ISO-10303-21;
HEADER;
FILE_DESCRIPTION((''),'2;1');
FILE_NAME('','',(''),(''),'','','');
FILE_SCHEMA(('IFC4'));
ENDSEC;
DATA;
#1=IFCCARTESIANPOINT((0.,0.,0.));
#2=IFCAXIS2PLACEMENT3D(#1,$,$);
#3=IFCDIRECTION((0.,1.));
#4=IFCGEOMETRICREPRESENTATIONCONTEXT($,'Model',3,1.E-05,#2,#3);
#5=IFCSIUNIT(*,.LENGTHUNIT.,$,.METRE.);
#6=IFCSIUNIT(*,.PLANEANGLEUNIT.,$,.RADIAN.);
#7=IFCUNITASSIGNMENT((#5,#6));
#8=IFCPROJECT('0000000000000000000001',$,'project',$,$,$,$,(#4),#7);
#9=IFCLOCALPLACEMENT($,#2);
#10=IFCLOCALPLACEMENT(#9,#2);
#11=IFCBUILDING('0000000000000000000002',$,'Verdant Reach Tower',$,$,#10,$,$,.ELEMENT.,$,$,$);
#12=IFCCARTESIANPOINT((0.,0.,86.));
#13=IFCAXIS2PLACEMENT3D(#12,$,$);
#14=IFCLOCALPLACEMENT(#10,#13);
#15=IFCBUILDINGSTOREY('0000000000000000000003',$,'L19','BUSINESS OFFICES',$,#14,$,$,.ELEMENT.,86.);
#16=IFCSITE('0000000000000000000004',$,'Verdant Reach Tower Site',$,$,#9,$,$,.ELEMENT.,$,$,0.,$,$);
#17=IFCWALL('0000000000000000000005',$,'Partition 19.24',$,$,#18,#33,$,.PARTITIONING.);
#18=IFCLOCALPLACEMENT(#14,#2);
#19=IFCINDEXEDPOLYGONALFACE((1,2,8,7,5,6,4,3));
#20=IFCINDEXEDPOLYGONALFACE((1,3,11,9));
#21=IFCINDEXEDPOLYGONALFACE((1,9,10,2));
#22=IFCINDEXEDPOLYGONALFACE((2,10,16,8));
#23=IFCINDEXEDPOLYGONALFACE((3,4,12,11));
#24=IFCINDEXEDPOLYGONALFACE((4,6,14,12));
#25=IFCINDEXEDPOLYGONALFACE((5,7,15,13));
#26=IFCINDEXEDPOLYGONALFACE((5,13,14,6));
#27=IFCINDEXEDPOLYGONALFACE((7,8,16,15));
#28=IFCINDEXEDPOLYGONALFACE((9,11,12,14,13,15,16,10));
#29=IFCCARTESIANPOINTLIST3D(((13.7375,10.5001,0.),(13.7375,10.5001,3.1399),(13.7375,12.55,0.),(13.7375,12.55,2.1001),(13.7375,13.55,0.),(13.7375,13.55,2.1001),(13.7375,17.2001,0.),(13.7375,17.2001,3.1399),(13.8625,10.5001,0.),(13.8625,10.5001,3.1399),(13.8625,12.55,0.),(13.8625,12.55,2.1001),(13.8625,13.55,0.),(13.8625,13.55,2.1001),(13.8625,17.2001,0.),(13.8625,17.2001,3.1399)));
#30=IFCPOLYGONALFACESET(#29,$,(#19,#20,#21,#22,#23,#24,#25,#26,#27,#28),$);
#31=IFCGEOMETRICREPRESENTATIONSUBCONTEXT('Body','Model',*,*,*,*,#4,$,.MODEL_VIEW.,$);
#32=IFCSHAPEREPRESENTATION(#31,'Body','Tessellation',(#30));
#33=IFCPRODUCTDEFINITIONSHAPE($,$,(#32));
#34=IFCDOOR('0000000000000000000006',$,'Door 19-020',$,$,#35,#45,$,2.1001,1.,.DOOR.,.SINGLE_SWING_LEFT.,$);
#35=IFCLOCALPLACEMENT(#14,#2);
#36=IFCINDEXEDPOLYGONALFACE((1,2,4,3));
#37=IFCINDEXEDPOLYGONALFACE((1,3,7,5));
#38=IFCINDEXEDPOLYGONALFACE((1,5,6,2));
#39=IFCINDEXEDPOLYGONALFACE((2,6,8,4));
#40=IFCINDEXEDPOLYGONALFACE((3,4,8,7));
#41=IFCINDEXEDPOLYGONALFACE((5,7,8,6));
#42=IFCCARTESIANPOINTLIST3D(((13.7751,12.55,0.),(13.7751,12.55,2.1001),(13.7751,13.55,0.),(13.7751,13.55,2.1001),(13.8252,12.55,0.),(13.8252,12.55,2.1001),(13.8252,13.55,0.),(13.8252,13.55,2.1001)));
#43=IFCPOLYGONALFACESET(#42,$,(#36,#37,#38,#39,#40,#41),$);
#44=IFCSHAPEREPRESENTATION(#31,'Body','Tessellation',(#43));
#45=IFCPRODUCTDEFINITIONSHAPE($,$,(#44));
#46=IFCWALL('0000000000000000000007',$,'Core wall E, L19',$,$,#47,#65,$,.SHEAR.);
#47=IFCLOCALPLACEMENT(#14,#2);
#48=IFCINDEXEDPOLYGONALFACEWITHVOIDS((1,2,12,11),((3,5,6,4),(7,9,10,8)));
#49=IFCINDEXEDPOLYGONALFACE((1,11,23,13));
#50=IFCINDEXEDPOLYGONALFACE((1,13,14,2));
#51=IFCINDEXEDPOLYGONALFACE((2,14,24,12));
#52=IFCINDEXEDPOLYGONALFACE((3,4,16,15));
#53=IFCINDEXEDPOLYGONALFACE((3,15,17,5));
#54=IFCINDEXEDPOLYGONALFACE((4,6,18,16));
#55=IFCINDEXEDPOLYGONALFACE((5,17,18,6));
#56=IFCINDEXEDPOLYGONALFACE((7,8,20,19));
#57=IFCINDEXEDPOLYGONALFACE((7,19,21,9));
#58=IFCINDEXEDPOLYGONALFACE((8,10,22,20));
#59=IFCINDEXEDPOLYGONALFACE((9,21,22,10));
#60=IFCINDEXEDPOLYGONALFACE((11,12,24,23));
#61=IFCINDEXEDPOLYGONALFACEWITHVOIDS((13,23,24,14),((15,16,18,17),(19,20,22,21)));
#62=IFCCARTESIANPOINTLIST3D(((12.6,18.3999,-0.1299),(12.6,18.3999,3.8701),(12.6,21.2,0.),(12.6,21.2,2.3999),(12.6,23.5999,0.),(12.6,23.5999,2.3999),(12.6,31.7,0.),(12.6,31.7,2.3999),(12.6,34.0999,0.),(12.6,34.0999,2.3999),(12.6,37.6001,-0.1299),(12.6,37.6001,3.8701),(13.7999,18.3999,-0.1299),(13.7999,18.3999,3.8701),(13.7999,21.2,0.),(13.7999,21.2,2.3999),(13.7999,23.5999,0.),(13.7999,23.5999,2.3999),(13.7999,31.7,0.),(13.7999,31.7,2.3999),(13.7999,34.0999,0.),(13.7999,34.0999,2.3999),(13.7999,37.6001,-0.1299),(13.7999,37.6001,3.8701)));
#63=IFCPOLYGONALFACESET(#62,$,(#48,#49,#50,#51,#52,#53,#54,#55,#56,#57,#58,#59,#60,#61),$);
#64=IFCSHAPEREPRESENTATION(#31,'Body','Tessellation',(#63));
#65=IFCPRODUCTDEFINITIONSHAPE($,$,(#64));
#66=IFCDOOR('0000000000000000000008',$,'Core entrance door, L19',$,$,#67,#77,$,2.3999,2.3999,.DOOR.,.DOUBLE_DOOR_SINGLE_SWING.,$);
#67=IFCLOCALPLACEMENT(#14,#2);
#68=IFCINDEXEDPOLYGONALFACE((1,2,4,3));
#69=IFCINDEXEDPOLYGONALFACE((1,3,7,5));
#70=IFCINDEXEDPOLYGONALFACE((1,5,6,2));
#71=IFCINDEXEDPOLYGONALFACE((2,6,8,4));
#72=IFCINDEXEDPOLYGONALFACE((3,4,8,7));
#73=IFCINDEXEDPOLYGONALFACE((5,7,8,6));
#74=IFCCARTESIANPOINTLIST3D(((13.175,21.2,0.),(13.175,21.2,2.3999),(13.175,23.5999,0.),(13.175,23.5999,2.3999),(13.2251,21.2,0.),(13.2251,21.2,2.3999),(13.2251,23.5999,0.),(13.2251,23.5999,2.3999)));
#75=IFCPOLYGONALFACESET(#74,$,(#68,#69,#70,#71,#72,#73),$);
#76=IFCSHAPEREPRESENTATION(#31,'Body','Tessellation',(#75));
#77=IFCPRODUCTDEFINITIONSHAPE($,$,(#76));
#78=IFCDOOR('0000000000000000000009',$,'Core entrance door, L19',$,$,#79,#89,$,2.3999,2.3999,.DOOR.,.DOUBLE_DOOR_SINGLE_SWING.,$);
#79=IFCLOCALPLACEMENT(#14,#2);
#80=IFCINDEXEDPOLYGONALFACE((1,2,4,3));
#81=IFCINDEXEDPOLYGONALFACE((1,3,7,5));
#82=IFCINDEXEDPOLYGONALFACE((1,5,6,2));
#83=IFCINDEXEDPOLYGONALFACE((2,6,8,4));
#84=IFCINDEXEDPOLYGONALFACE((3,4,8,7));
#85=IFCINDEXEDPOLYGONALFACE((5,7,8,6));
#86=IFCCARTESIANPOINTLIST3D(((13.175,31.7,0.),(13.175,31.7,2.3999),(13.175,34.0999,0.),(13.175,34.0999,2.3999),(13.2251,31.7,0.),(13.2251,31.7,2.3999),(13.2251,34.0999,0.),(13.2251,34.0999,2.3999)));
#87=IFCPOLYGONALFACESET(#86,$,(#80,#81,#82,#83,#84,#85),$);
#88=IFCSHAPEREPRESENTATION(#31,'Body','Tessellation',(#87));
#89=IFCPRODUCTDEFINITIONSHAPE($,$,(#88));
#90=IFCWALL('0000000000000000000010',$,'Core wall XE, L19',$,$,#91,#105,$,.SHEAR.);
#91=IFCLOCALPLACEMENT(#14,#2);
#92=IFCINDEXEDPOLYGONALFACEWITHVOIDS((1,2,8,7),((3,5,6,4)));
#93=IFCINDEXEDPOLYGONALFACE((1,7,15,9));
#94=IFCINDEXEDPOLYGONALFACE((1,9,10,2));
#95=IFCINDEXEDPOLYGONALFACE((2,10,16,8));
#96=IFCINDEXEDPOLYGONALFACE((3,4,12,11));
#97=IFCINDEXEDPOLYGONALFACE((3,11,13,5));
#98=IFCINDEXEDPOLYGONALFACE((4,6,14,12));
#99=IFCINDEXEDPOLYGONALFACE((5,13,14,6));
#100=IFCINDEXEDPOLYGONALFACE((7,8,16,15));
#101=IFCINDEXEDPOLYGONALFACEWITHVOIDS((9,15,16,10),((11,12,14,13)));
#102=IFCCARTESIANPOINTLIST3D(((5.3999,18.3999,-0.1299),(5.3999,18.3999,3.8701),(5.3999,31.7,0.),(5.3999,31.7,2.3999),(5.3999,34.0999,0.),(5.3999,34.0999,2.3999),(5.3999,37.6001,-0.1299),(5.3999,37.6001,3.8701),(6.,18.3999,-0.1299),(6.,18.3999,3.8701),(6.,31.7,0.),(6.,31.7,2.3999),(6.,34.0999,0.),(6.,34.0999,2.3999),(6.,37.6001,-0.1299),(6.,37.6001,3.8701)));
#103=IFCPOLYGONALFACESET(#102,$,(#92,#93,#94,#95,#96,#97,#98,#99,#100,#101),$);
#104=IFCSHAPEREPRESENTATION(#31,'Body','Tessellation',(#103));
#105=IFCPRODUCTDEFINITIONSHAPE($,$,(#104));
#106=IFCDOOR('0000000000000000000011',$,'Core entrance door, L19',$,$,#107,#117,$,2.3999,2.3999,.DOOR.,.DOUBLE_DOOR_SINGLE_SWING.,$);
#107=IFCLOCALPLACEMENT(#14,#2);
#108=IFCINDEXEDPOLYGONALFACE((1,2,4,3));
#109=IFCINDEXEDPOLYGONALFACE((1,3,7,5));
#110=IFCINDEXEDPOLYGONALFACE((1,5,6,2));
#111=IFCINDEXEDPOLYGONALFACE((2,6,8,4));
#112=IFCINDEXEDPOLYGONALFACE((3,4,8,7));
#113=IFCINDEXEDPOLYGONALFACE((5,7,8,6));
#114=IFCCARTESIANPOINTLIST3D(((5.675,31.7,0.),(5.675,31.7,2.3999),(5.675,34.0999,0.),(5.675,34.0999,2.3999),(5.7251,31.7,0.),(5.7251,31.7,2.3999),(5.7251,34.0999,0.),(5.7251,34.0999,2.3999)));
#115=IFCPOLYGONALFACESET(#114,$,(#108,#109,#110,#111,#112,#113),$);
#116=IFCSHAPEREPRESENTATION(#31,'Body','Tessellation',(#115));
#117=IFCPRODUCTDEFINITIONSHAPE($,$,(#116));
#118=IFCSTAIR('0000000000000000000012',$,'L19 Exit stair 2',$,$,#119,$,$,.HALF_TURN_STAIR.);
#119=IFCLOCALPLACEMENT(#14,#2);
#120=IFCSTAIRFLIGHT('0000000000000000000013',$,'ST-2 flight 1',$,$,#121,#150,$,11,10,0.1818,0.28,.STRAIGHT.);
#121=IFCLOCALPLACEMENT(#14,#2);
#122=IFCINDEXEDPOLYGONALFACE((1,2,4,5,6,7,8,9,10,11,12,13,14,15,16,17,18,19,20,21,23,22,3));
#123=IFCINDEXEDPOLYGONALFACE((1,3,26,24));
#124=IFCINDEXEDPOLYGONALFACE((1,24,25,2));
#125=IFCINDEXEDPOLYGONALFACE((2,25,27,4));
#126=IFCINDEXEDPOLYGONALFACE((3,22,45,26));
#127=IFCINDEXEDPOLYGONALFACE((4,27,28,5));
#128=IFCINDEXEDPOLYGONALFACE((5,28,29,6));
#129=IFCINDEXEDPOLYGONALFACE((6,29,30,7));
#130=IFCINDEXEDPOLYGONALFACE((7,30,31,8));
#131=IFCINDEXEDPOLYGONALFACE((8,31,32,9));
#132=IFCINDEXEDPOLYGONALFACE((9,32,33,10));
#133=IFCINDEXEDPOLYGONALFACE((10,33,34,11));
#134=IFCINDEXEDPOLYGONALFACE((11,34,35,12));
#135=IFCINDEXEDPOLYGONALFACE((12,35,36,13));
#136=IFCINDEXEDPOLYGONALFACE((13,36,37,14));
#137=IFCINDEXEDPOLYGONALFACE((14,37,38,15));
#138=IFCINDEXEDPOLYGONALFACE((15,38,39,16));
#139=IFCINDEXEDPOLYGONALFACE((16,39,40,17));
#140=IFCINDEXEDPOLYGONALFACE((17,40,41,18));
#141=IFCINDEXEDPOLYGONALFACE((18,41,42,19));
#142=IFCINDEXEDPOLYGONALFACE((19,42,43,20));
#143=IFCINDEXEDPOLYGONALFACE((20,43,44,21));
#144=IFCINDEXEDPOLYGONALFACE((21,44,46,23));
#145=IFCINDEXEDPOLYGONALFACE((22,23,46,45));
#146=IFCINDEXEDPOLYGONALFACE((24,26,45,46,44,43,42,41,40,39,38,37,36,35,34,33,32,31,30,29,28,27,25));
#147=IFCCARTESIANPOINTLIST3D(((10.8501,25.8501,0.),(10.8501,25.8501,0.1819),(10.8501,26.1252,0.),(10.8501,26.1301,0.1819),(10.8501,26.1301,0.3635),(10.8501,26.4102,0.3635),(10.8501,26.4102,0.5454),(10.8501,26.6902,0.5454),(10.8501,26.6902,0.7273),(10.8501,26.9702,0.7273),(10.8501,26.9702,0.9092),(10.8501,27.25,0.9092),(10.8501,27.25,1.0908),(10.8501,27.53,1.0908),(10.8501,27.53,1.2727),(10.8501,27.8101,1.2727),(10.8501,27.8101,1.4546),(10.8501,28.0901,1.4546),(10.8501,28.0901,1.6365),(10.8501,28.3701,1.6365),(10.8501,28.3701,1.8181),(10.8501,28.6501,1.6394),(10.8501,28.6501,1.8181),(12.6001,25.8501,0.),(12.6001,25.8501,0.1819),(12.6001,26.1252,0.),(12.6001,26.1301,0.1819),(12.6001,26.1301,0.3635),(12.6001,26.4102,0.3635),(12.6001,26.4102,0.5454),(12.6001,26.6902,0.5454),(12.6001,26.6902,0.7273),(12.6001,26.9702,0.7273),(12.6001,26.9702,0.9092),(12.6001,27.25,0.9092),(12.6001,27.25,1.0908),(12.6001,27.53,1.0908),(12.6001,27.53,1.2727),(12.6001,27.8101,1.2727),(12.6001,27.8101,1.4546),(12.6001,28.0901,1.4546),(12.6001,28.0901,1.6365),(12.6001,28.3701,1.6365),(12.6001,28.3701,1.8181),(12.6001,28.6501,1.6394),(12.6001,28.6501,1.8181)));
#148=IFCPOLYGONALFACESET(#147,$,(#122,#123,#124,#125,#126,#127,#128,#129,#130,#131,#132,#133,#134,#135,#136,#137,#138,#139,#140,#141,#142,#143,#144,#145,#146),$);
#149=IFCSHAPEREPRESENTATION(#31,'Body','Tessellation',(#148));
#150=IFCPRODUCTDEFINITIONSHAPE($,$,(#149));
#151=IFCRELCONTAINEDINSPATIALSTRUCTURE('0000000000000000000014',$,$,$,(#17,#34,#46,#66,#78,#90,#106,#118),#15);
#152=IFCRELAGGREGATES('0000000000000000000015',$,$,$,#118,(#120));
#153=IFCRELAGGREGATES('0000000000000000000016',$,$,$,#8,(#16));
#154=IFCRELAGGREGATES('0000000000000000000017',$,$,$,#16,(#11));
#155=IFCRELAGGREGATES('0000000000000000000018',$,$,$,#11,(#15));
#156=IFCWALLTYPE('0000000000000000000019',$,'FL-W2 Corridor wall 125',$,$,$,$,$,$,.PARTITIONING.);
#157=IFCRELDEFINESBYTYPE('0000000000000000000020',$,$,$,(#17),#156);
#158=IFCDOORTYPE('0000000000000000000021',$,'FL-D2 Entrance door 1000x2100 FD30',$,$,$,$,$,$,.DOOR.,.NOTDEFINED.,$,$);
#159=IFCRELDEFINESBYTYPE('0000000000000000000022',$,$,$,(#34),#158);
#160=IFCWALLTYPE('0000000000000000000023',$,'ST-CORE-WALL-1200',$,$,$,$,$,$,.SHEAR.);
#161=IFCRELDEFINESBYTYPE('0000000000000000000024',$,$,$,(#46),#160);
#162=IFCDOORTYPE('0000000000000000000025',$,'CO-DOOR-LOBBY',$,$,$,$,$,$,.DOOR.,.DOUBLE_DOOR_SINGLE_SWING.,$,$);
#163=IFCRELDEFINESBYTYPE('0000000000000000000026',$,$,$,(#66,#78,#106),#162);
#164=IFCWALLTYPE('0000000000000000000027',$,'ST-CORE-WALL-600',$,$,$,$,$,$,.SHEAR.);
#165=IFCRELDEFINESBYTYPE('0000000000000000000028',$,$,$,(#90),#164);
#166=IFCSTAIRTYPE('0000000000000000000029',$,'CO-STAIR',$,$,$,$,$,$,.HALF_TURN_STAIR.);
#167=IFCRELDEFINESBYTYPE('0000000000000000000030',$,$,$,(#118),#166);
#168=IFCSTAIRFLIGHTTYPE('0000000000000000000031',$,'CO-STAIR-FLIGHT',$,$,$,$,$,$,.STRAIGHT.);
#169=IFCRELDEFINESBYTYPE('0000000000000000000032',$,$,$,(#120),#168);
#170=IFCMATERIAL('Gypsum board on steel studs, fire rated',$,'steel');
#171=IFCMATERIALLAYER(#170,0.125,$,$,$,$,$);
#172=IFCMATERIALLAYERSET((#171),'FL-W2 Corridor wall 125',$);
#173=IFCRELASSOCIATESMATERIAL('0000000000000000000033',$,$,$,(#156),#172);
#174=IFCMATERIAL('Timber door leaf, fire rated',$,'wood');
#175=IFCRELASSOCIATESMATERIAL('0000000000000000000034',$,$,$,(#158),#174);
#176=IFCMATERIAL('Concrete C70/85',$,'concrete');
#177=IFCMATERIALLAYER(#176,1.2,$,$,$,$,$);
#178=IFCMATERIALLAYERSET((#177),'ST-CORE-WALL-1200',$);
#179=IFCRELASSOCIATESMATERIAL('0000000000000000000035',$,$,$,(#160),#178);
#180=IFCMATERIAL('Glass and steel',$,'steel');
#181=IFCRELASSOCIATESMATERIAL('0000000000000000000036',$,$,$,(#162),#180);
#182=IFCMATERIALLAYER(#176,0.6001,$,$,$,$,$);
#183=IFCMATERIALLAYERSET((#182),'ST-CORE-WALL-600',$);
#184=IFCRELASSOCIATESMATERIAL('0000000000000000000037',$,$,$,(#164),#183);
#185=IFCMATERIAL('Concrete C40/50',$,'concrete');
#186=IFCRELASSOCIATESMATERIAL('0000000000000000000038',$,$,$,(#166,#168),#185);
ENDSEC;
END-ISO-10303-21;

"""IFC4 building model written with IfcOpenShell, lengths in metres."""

from ifc_helpers import new_model, si_unit, direction, frame, frame_2d, origin, place, context, subcontext, project, spatial, polyline, rectangle, outline, extrude, material, layer, layer_set, type_object, element, fill, aggregate, save


model = new_model("IFC4")

# Units and contexts
model_context = context("Model", 3, precision=1e-05, world=origin(), true_north=direction((0.0, 1.0)))
body_context = subcontext(model_context, "Body", "Model", "MODEL_VIEW")
ifc_project = project(units=[si_unit("LENGTHUNIT", "METRE"), si_unit("PLANEANGLEUNIT", "RADIAN")], contexts=[model_context])

# Site, building, storey
site_placement = place(None, origin())
site = spatial("IfcSite", under=ifc_project, at=site_placement, Name="Verdant Reach Tower Site", CompositionType="ELEMENT", RefElevation=0.0)
building_placement = place(site_placement, origin())
building = spatial("IfcBuilding", under=site, at=building_placement, Name="Verdant Reach Tower", CompositionType="ELEMENT")
storey_placement = place(building_placement, frame((0.0, 0.0, 86.0)))
storey = spatial("IfcBuildingStorey", under=building, at=storey_placement, Name="L19", Description="BUSINESS OFFICES", CompositionType="ELEMENT", Elevation=86.0)

# Shared definitions
ifc_material_1 = material(Name="Concrete C40/50", Category="concrete")

# Wall, opening, door
ifc_material_2 = material(Name="Gypsum board on steel studs, fire rated", Category="steel")
ifc_layer_1 = layer(ifc_material_2, 0.125)
ifc_layer_set_1 = layer_set([ifc_layer_1], Name="FL-W2 Corridor wall 125")
wall_type_1 = type_object("IfcWallType", Name="FL-W2 Corridor wall 125", PredefinedType="PARTITIONING", material=ifc_layer_set_1)
wall_1_placement = place(storey_placement, frame((13.8, 10.5, 0.0), z_axis=(0.0, 0.0, 1.0), x_axis=(0.0, 1.0, 0.0)))
wall_1 = element("IfcWall", 1, at=wall_1_placement, inside=storey, type_object=wall_type_1, Name="Partition 19.24", PredefinedType="PARTITIONING", context=body_context, shape_type="SweptSolid", body=[
    extrude(rectangle(XDim=6.7, YDim=0.125, at=frame_2d((3.3501, 0.0))), origin(), (0.0, 0.0, 1.0), 3.1399),
])
opening_1_placement = place(wall_1_placement, frame((2.05, 0.0, 0.0)))
opening_1 = element("IfcOpeningElement", 2, at=opening_1_placement, cuts=wall_1, PredefinedType="OPENING", context=body_context, shape_type="SweptSolid", body=[
    extrude(rectangle(XDim=1.0, YDim=2.1001, at=frame_2d((0.5, 1.05))), frame((0.0, 0.0725, 0.0), z_axis=(0.0, -1.0, 0.0), x_axis=(1.0, 0.0, 0.0)), (0.0, 0.0, 1.0), 0.145),
])
ifc_material_3 = material(Name="Timber door leaf, fire rated", Category="wood")
door_type_1 = type_object("IfcDoorType", Name="FL-D2 Entrance door 1000x2100 FD30", OperationType="NOTDEFINED", PredefinedType="DOOR", material=ifc_material_3)
door_1_placement = place(opening_1_placement, origin())
door_1 = element("IfcDoor", 3, at=door_1_placement, inside=storey, type_object=door_type_1, Name="Door 19-020", OperationType="SINGLE_SWING_LEFT", OverallHeight=2.1001, OverallWidth=1.0, PredefinedType="DOOR", context=body_context, shape_type="SweptSolid", body=[
    extrude(rectangle(XDim=1.0, YDim=2.1001, at=frame_2d((0.5, 1.05))), frame((0.0, 0.0249, 0.0), z_axis=(0.0, -1.0, 0.0), x_axis=(1.0, 0.0, 0.0)), (0.0, 0.0, 1.0), 0.05),
])
fill(opening_1, door_1)

# Wall, openings, doors
ifc_material_4 = material(Name="Concrete C70/85", Category="concrete")
ifc_layer_2 = layer(ifc_material_4, 1.2)
ifc_layer_set_2 = layer_set([ifc_layer_2], Name="ST-CORE-WALL-1200")
wall_type_2 = type_object("IfcWallType", Name="ST-CORE-WALL-1200", PredefinedType="SHEAR", material=ifc_layer_set_2)
wall_2_placement = place(storey_placement, frame((13.2, 18.3999, -0.1299), z_axis=(0.0, 0.0, 1.0), x_axis=(0.0, 1.0, 0.0)))
wall_2 = element("IfcWall", 4, at=wall_2_placement, inside=storey, type_object=wall_type_2, Name="Core wall E, L19", PredefinedType="SHEAR", context=body_context, shape_type="SweptSolid", body=[
    extrude(rectangle(XDim=19.2002, YDim=1.2, at=frame_2d((9.6001, 0.0))), origin(), (0.0, 0.0, 1.0), 4.0),
])
opening_2_placement = place(wall_2_placement, frame((2.8, 0.0, 0.1299)))
opening_2 = element("IfcOpeningElement", 5, at=opening_2_placement, cuts=wall_2, PredefinedType="OPENING", context=body_context, shape_type="SweptSolid", body=[
    extrude(rectangle(XDim=2.3999, YDim=2.3999, at=frame_2d((1.2, 1.2))), frame((0.0, 0.6099, 0.0), z_axis=(0.0, -1.0, 0.0), x_axis=(1.0, 0.0, 0.0)), (0.0, 0.0, 1.0), 1.22),
])
opening_3_placement = place(wall_2_placement, frame((13.3, 0.0, 0.1299)))
opening_3 = element("IfcOpeningElement", 6, at=opening_3_placement, cuts=wall_2, PredefinedType="OPENING", context=body_context, shape_type="SweptSolid", body=[
    extrude(rectangle(XDim=2.3999, YDim=2.3999, at=frame_2d((1.2, 1.2))), frame((0.0, 0.6099, 0.0), z_axis=(0.0, -1.0, 0.0), x_axis=(1.0, 0.0, 0.0)), (0.0, 0.0, 1.0), 1.22),
])
ifc_material_5 = material(Name="Glass and steel", Category="steel")
door_type_2 = type_object("IfcDoorType", Name="CO-DOOR-LOBBY", OperationType="DOUBLE_DOOR_SINGLE_SWING", PredefinedType="DOOR", material=ifc_material_5)
door_2_placement = place(opening_2_placement, origin())
door_2 = element("IfcDoor", 7, at=door_2_placement, inside=storey, type_object=door_type_2, Name="Core entrance door, L19", OperationType="DOUBLE_DOOR_SINGLE_SWING", OverallHeight=2.3999, OverallWidth=2.3999, PredefinedType="DOOR", context=body_context, shape_type="SweptSolid", body=[
    extrude(rectangle(XDim=2.3999, YDim=2.3999, at=frame_2d((1.2, 1.2))), frame((0.0, 0.0249, 0.0), z_axis=(0.0, -1.0, 0.0), x_axis=(1.0, 0.0, 0.0)), (0.0, 0.0, 1.0), 0.05),
])
fill(opening_2, door_2)
door_3_placement = place(opening_3_placement, origin())
door_3 = element("IfcDoor", 8, at=door_3_placement, inside=storey, type_object=door_type_2, Name="Core entrance door, L19", OperationType="DOUBLE_DOOR_SINGLE_SWING", OverallHeight=2.3999, OverallWidth=2.3999, PredefinedType="DOOR", context=body_context, shape_type="SweptSolid", body=[
    extrude(rectangle(XDim=2.3999, YDim=2.3999, at=frame_2d((1.2, 1.2))), frame((0.0, 0.0249, 0.0), z_axis=(0.0, -1.0, 0.0), x_axis=(1.0, 0.0, 0.0)), (0.0, 0.0, 1.0), 0.05),
])
fill(opening_3, door_3)

# Wall, opening, door
ifc_layer_3 = layer(ifc_material_4, 0.6001)
ifc_layer_set_3 = layer_set([ifc_layer_3], Name="ST-CORE-WALL-600")
wall_type_3 = type_object("IfcWallType", Name="ST-CORE-WALL-600", PredefinedType="SHEAR", material=ifc_layer_set_3)
wall_3_placement = place(storey_placement, frame((5.7, 18.3999, -0.1299), z_axis=(0.0, 0.0, 1.0), x_axis=(0.0, 1.0, 0.0)))
wall_3 = element("IfcWall", 9, at=wall_3_placement, inside=storey, type_object=wall_type_3, Name="Core wall XE, L19", PredefinedType="SHEAR", context=body_context, shape_type="SweptSolid", body=[
    extrude(rectangle(XDim=19.2002, YDim=0.6001, at=frame_2d((9.6001, 0.0))), origin(), (0.0, 0.0, 1.0), 4.0),
])
opening_4_placement = place(wall_3_placement, frame((13.3, 0.0, 0.1299)))
opening_4 = element("IfcOpeningElement", 10, at=opening_4_placement, cuts=wall_3, PredefinedType="OPENING", context=body_context, shape_type="SweptSolid", body=[
    extrude(rectangle(XDim=2.3999, YDim=2.3999, at=frame_2d((1.2, 1.2))), frame((0.0, 0.3101, 0.0), z_axis=(0.0, -1.0, 0.0), x_axis=(1.0, 0.0, 0.0)), (0.0, 0.0, 1.0), 0.6201),
])
door_4_placement = place(opening_4_placement, origin())
door_4 = element("IfcDoor", 11, at=door_4_placement, inside=storey, type_object=door_type_2, Name="Core entrance door, L19", OperationType="DOUBLE_DOOR_SINGLE_SWING", OverallHeight=2.3999, OverallWidth=2.3999, PredefinedType="DOOR", context=body_context, shape_type="SweptSolid", body=[
    extrude(rectangle(XDim=2.3999, YDim=2.3999, at=frame_2d((1.2, 1.2))), frame((0.0, 0.0249, 0.0), z_axis=(0.0, -1.0, 0.0), x_axis=(1.0, 0.0, 0.0)), (0.0, 0.0, 1.0), 0.05),
])
fill(opening_4, door_4)

# Stair, stair flight
stair_type = type_object("IfcStairType", Name="CO-STAIR", PredefinedType="HALF_TURN_STAIR", material=ifc_material_1)
stair_placement = place(storey_placement, origin())
stair = element("IfcStair", 12, at=stair_placement, inside=storey, type_object=stair_type, Name="L19 Exit stair 2", PredefinedType="HALF_TURN_STAIR")
stair_flight_type = type_object("IfcStairFlightType", Name="CO-STAIR-FLIGHT", PredefinedType="STRAIGHT", material=ifc_material_1)
stair_flight_placement = place(storey_placement, frame((11.7251, 25.8501, 0.0), z_axis=(0.0, 0.0, 1.0), x_axis=(0.0, 1.0, 0.0)))
stair_flight = element("IfcStairFlight", 13, at=stair_flight_placement, type_object=stair_flight_type, Name="ST-2 flight 1", NumberOfRisers=11, NumberOfTreads=10, PredefinedType="STRAIGHT", RiserHeight=0.1818, TreadLength=0.28, context=body_context, shape_type="SweptSolid", body=[
    extrude(outline(polyline([(0.0, 0.0), (0.0, 0.1819), (0.28, 0.1819), (0.28, 0.3635), (0.5601, 0.3635), (0.5601, 0.5454), (0.8401, 0.5454), (0.8401, 0.7273), (1.1201, 0.7273), (1.1201, 0.9092), (1.3999, 0.9092), (1.3999, 1.0908), (1.6799, 1.0908), (1.6799, 1.2727), (1.96, 1.2727), (1.96, 1.4546), (2.24, 1.4546), (2.24, 1.6365), (2.52, 1.6365), (2.52, 1.8181), (2.8, 1.8181), (2.8, 2.0), (2.8, 1.6394), (0.2751, 0.0), (0.0, 0.0)])), frame((0.0, 0.875, 0.0), z_axis=(0.0, -1.0, 0.0), x_axis=(1.0, 0.0, 0.0)), (0.0, 0.0, 1.0), 1.75),
])
aggregate(stair, [stair_flight])

save(model, "model.ifc")
